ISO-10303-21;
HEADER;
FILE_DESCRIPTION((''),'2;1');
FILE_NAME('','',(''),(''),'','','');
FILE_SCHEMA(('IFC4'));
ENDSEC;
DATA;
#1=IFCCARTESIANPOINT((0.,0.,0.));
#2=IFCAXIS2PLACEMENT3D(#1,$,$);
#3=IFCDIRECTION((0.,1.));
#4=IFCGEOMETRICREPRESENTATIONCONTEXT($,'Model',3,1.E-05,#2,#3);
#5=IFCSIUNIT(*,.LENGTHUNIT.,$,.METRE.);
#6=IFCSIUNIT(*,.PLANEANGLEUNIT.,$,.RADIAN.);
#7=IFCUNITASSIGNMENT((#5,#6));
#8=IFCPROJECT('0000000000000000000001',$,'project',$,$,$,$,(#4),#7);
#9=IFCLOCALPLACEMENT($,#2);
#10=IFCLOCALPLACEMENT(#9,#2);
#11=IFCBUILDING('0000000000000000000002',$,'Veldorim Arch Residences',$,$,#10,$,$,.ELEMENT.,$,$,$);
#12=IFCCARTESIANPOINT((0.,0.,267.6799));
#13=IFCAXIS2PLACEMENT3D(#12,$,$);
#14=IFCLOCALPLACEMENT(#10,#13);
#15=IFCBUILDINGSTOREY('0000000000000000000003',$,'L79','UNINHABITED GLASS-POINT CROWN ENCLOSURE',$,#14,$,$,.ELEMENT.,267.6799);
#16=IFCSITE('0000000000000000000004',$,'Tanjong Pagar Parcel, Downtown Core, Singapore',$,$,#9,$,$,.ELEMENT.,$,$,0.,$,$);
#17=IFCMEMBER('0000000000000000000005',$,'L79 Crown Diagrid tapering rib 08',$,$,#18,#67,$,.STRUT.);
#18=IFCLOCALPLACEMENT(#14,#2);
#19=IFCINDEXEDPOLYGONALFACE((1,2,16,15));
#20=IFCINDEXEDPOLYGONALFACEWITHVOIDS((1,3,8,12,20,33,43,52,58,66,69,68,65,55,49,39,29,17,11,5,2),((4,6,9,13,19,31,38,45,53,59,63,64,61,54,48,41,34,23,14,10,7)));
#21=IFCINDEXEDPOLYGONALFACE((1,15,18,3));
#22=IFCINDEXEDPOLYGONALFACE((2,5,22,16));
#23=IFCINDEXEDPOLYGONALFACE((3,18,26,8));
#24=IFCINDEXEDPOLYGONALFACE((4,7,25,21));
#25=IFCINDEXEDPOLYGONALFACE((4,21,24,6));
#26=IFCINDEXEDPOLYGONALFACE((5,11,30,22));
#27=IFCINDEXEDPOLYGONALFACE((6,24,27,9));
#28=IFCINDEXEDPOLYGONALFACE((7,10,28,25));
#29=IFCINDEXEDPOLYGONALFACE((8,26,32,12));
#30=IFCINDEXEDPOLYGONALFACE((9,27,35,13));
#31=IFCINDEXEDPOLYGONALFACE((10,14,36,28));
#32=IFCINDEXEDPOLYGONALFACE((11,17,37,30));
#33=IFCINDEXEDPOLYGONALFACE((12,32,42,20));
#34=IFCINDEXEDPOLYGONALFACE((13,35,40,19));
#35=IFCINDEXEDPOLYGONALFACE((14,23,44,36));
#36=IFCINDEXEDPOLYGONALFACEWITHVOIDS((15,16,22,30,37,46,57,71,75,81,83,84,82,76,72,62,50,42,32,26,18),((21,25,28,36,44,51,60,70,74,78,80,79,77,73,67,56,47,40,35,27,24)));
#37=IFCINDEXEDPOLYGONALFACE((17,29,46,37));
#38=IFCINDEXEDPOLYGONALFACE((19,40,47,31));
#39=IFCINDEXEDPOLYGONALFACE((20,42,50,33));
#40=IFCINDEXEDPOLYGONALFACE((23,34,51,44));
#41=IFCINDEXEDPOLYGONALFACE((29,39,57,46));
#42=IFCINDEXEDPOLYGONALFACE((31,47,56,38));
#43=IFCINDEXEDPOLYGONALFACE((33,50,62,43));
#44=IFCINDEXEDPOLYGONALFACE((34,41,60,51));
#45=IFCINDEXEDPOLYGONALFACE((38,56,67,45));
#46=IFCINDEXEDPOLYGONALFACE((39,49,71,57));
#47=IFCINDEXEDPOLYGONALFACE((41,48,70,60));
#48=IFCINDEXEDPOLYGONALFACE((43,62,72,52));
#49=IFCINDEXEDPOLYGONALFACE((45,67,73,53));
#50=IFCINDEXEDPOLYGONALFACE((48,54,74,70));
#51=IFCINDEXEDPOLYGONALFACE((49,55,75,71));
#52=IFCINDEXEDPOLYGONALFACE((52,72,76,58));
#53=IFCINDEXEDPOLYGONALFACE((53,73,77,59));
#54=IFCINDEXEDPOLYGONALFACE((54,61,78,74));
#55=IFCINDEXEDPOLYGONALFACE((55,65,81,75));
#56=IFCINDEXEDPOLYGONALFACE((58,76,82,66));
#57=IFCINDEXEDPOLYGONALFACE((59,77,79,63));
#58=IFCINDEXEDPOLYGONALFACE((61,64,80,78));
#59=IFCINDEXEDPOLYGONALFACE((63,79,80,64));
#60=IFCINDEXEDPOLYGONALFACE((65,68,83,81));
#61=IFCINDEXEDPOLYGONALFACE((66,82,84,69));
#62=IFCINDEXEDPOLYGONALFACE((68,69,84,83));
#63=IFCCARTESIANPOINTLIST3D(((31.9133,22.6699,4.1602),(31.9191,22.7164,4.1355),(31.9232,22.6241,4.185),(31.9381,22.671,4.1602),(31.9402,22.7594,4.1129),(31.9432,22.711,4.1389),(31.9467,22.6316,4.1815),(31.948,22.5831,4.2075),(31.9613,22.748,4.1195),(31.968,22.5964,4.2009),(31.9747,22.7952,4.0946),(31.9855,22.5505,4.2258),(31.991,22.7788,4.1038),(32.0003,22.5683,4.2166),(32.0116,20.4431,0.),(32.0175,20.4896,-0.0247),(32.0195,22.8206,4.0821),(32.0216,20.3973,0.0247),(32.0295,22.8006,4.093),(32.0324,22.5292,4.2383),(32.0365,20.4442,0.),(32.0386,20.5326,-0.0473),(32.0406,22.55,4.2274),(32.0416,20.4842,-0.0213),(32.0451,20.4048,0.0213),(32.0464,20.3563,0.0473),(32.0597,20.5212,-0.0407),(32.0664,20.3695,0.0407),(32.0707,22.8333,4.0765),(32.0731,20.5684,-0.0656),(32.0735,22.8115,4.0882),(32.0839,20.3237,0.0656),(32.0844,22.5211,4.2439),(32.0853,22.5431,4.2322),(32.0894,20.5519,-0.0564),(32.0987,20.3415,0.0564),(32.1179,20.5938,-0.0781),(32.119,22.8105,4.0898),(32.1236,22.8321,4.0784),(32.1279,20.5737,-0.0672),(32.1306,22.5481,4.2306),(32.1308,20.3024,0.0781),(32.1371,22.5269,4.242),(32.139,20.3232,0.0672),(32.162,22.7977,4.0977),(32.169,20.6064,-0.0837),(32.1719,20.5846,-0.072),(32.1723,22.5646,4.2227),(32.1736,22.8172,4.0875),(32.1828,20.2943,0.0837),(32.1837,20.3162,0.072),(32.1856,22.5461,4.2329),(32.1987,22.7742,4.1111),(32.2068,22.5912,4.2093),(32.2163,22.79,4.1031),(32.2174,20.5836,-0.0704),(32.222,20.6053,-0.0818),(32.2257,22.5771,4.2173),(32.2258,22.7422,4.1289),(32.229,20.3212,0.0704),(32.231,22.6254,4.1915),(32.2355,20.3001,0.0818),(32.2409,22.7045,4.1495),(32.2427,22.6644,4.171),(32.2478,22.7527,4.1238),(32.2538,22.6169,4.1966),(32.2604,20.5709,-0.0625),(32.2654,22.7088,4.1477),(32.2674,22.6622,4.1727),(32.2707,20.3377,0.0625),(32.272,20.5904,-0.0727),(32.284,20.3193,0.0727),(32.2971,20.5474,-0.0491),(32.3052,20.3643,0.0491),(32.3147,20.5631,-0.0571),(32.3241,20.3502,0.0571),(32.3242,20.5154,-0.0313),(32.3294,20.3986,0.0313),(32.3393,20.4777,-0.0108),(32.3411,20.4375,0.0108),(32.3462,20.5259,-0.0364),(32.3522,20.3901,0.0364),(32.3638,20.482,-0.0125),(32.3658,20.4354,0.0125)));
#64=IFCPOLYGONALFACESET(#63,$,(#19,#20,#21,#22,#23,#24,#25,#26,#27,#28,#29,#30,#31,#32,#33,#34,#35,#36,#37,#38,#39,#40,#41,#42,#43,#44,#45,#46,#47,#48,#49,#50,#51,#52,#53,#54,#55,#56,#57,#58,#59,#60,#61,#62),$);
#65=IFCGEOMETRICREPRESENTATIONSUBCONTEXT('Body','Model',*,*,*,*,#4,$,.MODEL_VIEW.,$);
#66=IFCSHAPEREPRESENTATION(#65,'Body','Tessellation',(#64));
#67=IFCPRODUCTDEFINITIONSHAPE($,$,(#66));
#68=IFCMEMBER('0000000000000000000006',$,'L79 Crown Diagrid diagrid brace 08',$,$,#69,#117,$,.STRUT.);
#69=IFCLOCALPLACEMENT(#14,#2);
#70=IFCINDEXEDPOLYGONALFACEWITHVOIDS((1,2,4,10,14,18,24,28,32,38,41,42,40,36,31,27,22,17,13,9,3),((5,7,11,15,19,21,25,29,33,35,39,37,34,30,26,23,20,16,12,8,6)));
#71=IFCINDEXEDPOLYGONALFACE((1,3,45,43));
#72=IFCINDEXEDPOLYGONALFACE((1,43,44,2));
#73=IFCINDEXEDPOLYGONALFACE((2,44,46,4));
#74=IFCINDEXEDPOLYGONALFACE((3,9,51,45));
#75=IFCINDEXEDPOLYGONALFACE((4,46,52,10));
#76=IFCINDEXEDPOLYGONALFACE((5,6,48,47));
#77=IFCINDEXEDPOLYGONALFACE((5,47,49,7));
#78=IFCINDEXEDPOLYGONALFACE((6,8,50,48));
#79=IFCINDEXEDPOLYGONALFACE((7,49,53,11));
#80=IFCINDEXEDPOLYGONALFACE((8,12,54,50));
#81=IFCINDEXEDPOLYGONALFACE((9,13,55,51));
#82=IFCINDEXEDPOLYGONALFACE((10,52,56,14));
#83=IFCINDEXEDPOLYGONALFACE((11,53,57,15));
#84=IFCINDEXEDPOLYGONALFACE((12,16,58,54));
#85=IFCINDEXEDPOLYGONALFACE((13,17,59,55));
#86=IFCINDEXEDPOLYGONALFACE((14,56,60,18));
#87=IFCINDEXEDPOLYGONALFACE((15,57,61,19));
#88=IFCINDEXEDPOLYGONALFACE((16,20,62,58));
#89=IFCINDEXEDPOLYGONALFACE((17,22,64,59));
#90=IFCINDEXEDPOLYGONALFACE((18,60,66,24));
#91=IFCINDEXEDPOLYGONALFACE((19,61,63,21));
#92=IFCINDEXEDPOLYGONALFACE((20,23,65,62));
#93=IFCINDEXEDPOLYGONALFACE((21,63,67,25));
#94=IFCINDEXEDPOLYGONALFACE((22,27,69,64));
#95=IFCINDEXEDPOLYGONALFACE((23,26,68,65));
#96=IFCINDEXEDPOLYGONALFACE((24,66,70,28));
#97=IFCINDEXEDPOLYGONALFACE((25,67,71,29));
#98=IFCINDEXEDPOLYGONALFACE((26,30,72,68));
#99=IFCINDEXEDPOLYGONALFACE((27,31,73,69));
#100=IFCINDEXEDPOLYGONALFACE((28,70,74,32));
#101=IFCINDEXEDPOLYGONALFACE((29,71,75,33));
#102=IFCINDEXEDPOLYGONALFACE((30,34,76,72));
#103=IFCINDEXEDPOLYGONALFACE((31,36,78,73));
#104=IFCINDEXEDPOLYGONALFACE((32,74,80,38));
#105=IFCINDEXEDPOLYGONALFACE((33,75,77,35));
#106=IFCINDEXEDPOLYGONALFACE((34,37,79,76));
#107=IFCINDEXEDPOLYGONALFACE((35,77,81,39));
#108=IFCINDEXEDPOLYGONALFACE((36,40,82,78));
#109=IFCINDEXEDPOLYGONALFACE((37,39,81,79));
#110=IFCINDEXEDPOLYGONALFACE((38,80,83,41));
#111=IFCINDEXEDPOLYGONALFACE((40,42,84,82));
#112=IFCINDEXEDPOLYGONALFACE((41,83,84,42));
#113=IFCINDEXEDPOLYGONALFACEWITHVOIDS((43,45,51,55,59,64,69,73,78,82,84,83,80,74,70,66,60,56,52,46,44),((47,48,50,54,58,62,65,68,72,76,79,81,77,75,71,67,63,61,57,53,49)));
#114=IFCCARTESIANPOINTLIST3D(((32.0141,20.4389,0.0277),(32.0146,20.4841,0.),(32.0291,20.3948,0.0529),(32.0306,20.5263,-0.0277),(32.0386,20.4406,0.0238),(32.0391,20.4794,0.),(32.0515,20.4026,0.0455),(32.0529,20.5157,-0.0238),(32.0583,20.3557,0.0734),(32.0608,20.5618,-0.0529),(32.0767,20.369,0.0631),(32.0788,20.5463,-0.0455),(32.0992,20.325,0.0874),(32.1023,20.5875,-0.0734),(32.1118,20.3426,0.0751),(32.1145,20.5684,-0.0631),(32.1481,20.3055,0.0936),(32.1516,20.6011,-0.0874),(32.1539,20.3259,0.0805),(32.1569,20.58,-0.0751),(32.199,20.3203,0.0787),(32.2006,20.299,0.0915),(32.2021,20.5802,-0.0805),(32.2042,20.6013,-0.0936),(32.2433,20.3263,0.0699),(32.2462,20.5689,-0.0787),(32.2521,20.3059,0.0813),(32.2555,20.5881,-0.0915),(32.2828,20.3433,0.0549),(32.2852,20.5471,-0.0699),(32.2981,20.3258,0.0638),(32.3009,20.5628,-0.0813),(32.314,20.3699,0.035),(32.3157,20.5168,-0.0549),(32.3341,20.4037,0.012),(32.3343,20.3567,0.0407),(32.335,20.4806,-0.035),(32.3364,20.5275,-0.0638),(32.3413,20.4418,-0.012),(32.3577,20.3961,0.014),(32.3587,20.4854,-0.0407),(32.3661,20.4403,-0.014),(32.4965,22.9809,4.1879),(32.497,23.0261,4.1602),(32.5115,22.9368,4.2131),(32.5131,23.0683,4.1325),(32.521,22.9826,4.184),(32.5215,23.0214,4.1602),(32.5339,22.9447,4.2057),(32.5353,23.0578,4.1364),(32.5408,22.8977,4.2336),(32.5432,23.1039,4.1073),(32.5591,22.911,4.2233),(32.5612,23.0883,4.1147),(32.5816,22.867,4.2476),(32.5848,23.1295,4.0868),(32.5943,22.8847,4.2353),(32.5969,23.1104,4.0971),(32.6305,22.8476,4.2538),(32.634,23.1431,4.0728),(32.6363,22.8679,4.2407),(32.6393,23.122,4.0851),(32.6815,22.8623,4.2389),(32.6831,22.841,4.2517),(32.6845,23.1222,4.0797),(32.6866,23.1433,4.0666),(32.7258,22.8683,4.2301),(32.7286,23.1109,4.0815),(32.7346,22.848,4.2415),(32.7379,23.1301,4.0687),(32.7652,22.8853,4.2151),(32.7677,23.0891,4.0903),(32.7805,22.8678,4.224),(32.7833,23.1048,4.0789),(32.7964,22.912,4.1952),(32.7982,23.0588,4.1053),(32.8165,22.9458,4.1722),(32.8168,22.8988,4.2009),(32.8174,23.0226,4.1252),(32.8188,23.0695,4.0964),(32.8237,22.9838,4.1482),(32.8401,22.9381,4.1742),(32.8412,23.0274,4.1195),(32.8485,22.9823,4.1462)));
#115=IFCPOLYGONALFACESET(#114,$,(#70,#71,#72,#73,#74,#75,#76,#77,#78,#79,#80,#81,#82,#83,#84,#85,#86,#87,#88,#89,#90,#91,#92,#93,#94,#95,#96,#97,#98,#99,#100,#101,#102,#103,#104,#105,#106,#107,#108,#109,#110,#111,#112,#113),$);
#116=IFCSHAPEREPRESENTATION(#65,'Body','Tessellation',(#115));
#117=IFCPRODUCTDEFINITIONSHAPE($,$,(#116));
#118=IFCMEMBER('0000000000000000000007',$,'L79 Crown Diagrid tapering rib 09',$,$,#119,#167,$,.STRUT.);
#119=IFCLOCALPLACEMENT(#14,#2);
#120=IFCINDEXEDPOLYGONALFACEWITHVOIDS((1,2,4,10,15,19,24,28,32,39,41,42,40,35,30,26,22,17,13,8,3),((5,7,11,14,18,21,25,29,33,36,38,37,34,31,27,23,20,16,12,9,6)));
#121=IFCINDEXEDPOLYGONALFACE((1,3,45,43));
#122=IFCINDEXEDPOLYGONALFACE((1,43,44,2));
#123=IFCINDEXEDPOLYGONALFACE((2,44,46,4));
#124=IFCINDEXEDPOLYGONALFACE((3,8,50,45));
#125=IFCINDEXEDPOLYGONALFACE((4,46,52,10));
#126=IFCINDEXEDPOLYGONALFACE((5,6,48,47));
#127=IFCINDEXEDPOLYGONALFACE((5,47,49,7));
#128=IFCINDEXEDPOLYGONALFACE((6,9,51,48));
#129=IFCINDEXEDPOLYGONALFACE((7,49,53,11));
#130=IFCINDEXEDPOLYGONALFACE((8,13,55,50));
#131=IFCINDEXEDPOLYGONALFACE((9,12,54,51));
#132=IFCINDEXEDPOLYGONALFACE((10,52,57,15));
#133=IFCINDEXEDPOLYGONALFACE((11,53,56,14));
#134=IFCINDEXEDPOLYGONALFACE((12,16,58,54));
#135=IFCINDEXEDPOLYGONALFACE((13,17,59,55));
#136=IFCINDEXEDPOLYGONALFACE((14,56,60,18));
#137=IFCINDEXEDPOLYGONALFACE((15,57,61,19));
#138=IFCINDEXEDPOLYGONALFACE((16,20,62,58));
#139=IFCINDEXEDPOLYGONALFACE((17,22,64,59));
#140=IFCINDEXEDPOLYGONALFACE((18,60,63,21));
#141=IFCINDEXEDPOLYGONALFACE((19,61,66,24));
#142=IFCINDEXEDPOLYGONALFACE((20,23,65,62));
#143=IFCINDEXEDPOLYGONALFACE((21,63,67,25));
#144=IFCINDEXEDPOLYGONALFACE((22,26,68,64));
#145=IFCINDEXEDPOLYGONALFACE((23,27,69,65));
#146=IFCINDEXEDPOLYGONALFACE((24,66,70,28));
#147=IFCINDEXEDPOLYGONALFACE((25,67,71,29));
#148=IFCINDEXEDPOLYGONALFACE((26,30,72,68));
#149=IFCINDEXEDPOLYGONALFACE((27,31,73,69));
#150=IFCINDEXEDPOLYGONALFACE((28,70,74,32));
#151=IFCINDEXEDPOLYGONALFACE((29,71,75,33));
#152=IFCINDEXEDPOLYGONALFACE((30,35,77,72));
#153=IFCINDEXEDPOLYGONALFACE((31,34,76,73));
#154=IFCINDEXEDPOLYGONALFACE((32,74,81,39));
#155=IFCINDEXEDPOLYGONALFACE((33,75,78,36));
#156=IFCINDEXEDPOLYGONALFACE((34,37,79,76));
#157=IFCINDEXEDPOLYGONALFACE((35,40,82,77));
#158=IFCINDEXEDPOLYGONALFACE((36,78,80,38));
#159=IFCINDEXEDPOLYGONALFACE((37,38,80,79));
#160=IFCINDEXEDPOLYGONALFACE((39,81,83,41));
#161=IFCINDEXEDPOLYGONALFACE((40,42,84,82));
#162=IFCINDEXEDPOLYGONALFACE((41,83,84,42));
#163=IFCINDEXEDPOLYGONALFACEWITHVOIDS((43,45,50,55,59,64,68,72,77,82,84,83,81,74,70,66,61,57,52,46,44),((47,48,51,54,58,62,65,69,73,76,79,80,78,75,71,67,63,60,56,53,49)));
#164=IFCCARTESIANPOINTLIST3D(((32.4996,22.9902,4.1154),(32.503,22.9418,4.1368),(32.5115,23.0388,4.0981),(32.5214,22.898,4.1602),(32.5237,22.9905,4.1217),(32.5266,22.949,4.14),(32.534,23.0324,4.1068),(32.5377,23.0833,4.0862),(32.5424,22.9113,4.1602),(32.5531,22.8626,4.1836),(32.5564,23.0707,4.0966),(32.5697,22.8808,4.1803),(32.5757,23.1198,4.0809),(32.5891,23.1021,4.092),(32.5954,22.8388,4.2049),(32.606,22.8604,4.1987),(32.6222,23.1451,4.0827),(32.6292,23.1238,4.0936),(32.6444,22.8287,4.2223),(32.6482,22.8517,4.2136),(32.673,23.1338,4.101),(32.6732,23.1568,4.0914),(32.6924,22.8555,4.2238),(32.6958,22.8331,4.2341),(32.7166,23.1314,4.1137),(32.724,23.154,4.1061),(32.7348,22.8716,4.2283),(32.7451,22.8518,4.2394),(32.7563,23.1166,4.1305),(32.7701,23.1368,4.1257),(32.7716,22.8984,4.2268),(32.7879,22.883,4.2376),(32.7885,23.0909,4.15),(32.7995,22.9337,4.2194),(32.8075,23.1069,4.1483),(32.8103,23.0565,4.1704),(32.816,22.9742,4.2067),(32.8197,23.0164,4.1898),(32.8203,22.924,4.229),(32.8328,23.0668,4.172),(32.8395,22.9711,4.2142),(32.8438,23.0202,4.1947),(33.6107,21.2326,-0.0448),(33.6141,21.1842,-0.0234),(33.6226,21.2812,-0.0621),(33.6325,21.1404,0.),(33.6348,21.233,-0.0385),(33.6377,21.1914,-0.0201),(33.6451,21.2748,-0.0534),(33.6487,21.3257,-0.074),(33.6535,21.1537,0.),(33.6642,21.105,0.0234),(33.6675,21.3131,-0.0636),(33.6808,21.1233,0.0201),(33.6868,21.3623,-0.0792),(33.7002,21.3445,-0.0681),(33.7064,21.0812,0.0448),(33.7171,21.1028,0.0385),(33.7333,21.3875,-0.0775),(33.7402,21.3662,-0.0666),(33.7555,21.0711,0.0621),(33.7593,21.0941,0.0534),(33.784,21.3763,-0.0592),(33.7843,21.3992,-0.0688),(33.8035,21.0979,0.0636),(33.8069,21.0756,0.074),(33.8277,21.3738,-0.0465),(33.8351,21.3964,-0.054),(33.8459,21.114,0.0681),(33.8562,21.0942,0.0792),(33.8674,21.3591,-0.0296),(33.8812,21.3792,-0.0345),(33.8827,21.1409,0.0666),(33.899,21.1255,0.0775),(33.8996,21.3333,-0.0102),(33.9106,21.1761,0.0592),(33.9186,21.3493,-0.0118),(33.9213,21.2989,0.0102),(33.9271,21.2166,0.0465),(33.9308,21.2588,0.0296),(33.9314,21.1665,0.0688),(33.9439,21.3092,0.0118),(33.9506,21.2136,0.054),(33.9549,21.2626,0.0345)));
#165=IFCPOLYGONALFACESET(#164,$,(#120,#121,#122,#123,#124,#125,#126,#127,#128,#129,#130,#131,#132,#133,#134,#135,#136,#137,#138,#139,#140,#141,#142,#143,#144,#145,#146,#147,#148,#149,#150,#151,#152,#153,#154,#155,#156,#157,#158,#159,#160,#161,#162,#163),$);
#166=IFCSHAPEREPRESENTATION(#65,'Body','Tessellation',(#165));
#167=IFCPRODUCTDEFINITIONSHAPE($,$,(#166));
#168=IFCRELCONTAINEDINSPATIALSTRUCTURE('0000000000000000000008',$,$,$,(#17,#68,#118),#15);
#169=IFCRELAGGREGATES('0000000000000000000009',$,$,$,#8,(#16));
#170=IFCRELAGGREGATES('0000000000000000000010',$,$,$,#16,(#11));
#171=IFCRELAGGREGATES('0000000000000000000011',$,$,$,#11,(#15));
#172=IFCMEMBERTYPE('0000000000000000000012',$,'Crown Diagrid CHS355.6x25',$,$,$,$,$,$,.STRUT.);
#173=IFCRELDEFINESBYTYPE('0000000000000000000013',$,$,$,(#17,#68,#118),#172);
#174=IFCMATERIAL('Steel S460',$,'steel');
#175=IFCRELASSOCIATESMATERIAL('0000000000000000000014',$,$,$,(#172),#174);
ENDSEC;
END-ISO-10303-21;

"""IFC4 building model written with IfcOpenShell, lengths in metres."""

from ifc_helpers import new_model, si_unit, direction, frame, origin, origin_2d, place, context, subcontext, project, spatial, hollow_circle, extrude, material, material_profile, profile_set, type_object, element, save


model = new_model("IFC4")

# Units and contexts
model_context = context("Model", 3, precision=1e-05, world=origin(), true_north=direction((0.0, 1.0)))
body_context = subcontext(model_context, "Body", "Model", "MODEL_VIEW")
ifc_project = project(units=[si_unit("LENGTHUNIT", "METRE"), si_unit("PLANEANGLEUNIT", "RADIAN")], contexts=[model_context])

# Site, building, storey
site_placement = place(None, origin())
site = spatial("IfcSite", under=ifc_project, at=site_placement, Name="Tanjong Pagar Parcel, Downtown Core, Singapore", CompositionType="ELEMENT", RefElevation=0.0)
building_placement = place(site_placement, origin())
building = spatial("IfcBuilding", under=site, at=building_placement, Name="Veldorim Arch Residences", CompositionType="ELEMENT")
storey_placement = place(building_placement, frame((0.0, 0.0, 267.6799)))
storey = spatial("IfcBuildingStorey", under=building, at=storey_placement, Name="L79", Description="UNINHABITED GLASS-POINT CROWN ENCLOSURE", CompositionType="ELEMENT", Elevation=267.6799)

# Members
ifc_material_1 = material(Name="Steel S460", Category="steel")
ifc_material_profile_1 = material_profile(ifc_material_1, hollow_circle(Radius=0.1777, WallThickness=0.0249, at=origin_2d()), Name="CHS355.6x25")
ifc_profile_set_1 = profile_set([ifc_material_profile_1], Name="Steel S460")
member_type_1 = type_object("IfcMemberType", Name="Crown Diagrid CHS355.6x25", PredefinedType="STRUT", material=ifc_profile_set_1)
member_1_placement = place(storey_placement, frame((32.1892, 20.4509, 0.0), z_axis=(-0.020847, 0.471814, 0.881451), x_axis=(-0.999025, -0.044141, 0.0)))
element("IfcMember", 1, at=member_1_placement, inside=storey, type_object=member_type_1, Name="L79 Crown Diagrid tapering rib 08", PredefinedType="STRUT", context=body_context, shape_type="SweptSolid", body=[
    extrude(hollow_circle(Radius=0.1777, WallThickness=0.0249, at=origin_2d()), origin(), (0.0, 0.0, 1.0), 4.7197),
])
member_2_placement = place(storey_placement, frame((32.1892, 20.4509, 0.0), z_axis=(0.098471, 0.518867, 0.849164), x_axis=(-0.982464, 0.186453, 0.0)))
element("IfcMember", 2, at=member_2_placement, inside=storey, type_object=member_type_1, Name="L79 Crown Diagrid diagrid brace 08", PredefinedType="STRUT", context=body_context, shape_type="SweptSolid", body=[
    extrude(hollow_circle(Radius=0.1777, WallThickness=0.0249, at=origin_2d()), origin(), (0.0, 0.0, 1.0), 4.8992),
])
member_3_placement = place(storey_placement, frame((33.7827, 21.2354, 0.0), z_axis=(-0.238899, 0.377902, 0.894493), x_axis=(-0.845263, -0.534351, 0.0)))
element("IfcMember", 3, at=member_3_placement, inside=storey, type_object=member_type_1, Name="L79 Crown Diagrid tapering rib 09", PredefinedType="STRUT", context=body_context, shape_type="SweptSolid", body=[
    extrude(hollow_circle(Radius=0.1777, WallThickness=0.0249, at=origin_2d()), origin(), (0.0, 0.0, 1.0), 4.6509),
])

save(model, "model.ifc")
